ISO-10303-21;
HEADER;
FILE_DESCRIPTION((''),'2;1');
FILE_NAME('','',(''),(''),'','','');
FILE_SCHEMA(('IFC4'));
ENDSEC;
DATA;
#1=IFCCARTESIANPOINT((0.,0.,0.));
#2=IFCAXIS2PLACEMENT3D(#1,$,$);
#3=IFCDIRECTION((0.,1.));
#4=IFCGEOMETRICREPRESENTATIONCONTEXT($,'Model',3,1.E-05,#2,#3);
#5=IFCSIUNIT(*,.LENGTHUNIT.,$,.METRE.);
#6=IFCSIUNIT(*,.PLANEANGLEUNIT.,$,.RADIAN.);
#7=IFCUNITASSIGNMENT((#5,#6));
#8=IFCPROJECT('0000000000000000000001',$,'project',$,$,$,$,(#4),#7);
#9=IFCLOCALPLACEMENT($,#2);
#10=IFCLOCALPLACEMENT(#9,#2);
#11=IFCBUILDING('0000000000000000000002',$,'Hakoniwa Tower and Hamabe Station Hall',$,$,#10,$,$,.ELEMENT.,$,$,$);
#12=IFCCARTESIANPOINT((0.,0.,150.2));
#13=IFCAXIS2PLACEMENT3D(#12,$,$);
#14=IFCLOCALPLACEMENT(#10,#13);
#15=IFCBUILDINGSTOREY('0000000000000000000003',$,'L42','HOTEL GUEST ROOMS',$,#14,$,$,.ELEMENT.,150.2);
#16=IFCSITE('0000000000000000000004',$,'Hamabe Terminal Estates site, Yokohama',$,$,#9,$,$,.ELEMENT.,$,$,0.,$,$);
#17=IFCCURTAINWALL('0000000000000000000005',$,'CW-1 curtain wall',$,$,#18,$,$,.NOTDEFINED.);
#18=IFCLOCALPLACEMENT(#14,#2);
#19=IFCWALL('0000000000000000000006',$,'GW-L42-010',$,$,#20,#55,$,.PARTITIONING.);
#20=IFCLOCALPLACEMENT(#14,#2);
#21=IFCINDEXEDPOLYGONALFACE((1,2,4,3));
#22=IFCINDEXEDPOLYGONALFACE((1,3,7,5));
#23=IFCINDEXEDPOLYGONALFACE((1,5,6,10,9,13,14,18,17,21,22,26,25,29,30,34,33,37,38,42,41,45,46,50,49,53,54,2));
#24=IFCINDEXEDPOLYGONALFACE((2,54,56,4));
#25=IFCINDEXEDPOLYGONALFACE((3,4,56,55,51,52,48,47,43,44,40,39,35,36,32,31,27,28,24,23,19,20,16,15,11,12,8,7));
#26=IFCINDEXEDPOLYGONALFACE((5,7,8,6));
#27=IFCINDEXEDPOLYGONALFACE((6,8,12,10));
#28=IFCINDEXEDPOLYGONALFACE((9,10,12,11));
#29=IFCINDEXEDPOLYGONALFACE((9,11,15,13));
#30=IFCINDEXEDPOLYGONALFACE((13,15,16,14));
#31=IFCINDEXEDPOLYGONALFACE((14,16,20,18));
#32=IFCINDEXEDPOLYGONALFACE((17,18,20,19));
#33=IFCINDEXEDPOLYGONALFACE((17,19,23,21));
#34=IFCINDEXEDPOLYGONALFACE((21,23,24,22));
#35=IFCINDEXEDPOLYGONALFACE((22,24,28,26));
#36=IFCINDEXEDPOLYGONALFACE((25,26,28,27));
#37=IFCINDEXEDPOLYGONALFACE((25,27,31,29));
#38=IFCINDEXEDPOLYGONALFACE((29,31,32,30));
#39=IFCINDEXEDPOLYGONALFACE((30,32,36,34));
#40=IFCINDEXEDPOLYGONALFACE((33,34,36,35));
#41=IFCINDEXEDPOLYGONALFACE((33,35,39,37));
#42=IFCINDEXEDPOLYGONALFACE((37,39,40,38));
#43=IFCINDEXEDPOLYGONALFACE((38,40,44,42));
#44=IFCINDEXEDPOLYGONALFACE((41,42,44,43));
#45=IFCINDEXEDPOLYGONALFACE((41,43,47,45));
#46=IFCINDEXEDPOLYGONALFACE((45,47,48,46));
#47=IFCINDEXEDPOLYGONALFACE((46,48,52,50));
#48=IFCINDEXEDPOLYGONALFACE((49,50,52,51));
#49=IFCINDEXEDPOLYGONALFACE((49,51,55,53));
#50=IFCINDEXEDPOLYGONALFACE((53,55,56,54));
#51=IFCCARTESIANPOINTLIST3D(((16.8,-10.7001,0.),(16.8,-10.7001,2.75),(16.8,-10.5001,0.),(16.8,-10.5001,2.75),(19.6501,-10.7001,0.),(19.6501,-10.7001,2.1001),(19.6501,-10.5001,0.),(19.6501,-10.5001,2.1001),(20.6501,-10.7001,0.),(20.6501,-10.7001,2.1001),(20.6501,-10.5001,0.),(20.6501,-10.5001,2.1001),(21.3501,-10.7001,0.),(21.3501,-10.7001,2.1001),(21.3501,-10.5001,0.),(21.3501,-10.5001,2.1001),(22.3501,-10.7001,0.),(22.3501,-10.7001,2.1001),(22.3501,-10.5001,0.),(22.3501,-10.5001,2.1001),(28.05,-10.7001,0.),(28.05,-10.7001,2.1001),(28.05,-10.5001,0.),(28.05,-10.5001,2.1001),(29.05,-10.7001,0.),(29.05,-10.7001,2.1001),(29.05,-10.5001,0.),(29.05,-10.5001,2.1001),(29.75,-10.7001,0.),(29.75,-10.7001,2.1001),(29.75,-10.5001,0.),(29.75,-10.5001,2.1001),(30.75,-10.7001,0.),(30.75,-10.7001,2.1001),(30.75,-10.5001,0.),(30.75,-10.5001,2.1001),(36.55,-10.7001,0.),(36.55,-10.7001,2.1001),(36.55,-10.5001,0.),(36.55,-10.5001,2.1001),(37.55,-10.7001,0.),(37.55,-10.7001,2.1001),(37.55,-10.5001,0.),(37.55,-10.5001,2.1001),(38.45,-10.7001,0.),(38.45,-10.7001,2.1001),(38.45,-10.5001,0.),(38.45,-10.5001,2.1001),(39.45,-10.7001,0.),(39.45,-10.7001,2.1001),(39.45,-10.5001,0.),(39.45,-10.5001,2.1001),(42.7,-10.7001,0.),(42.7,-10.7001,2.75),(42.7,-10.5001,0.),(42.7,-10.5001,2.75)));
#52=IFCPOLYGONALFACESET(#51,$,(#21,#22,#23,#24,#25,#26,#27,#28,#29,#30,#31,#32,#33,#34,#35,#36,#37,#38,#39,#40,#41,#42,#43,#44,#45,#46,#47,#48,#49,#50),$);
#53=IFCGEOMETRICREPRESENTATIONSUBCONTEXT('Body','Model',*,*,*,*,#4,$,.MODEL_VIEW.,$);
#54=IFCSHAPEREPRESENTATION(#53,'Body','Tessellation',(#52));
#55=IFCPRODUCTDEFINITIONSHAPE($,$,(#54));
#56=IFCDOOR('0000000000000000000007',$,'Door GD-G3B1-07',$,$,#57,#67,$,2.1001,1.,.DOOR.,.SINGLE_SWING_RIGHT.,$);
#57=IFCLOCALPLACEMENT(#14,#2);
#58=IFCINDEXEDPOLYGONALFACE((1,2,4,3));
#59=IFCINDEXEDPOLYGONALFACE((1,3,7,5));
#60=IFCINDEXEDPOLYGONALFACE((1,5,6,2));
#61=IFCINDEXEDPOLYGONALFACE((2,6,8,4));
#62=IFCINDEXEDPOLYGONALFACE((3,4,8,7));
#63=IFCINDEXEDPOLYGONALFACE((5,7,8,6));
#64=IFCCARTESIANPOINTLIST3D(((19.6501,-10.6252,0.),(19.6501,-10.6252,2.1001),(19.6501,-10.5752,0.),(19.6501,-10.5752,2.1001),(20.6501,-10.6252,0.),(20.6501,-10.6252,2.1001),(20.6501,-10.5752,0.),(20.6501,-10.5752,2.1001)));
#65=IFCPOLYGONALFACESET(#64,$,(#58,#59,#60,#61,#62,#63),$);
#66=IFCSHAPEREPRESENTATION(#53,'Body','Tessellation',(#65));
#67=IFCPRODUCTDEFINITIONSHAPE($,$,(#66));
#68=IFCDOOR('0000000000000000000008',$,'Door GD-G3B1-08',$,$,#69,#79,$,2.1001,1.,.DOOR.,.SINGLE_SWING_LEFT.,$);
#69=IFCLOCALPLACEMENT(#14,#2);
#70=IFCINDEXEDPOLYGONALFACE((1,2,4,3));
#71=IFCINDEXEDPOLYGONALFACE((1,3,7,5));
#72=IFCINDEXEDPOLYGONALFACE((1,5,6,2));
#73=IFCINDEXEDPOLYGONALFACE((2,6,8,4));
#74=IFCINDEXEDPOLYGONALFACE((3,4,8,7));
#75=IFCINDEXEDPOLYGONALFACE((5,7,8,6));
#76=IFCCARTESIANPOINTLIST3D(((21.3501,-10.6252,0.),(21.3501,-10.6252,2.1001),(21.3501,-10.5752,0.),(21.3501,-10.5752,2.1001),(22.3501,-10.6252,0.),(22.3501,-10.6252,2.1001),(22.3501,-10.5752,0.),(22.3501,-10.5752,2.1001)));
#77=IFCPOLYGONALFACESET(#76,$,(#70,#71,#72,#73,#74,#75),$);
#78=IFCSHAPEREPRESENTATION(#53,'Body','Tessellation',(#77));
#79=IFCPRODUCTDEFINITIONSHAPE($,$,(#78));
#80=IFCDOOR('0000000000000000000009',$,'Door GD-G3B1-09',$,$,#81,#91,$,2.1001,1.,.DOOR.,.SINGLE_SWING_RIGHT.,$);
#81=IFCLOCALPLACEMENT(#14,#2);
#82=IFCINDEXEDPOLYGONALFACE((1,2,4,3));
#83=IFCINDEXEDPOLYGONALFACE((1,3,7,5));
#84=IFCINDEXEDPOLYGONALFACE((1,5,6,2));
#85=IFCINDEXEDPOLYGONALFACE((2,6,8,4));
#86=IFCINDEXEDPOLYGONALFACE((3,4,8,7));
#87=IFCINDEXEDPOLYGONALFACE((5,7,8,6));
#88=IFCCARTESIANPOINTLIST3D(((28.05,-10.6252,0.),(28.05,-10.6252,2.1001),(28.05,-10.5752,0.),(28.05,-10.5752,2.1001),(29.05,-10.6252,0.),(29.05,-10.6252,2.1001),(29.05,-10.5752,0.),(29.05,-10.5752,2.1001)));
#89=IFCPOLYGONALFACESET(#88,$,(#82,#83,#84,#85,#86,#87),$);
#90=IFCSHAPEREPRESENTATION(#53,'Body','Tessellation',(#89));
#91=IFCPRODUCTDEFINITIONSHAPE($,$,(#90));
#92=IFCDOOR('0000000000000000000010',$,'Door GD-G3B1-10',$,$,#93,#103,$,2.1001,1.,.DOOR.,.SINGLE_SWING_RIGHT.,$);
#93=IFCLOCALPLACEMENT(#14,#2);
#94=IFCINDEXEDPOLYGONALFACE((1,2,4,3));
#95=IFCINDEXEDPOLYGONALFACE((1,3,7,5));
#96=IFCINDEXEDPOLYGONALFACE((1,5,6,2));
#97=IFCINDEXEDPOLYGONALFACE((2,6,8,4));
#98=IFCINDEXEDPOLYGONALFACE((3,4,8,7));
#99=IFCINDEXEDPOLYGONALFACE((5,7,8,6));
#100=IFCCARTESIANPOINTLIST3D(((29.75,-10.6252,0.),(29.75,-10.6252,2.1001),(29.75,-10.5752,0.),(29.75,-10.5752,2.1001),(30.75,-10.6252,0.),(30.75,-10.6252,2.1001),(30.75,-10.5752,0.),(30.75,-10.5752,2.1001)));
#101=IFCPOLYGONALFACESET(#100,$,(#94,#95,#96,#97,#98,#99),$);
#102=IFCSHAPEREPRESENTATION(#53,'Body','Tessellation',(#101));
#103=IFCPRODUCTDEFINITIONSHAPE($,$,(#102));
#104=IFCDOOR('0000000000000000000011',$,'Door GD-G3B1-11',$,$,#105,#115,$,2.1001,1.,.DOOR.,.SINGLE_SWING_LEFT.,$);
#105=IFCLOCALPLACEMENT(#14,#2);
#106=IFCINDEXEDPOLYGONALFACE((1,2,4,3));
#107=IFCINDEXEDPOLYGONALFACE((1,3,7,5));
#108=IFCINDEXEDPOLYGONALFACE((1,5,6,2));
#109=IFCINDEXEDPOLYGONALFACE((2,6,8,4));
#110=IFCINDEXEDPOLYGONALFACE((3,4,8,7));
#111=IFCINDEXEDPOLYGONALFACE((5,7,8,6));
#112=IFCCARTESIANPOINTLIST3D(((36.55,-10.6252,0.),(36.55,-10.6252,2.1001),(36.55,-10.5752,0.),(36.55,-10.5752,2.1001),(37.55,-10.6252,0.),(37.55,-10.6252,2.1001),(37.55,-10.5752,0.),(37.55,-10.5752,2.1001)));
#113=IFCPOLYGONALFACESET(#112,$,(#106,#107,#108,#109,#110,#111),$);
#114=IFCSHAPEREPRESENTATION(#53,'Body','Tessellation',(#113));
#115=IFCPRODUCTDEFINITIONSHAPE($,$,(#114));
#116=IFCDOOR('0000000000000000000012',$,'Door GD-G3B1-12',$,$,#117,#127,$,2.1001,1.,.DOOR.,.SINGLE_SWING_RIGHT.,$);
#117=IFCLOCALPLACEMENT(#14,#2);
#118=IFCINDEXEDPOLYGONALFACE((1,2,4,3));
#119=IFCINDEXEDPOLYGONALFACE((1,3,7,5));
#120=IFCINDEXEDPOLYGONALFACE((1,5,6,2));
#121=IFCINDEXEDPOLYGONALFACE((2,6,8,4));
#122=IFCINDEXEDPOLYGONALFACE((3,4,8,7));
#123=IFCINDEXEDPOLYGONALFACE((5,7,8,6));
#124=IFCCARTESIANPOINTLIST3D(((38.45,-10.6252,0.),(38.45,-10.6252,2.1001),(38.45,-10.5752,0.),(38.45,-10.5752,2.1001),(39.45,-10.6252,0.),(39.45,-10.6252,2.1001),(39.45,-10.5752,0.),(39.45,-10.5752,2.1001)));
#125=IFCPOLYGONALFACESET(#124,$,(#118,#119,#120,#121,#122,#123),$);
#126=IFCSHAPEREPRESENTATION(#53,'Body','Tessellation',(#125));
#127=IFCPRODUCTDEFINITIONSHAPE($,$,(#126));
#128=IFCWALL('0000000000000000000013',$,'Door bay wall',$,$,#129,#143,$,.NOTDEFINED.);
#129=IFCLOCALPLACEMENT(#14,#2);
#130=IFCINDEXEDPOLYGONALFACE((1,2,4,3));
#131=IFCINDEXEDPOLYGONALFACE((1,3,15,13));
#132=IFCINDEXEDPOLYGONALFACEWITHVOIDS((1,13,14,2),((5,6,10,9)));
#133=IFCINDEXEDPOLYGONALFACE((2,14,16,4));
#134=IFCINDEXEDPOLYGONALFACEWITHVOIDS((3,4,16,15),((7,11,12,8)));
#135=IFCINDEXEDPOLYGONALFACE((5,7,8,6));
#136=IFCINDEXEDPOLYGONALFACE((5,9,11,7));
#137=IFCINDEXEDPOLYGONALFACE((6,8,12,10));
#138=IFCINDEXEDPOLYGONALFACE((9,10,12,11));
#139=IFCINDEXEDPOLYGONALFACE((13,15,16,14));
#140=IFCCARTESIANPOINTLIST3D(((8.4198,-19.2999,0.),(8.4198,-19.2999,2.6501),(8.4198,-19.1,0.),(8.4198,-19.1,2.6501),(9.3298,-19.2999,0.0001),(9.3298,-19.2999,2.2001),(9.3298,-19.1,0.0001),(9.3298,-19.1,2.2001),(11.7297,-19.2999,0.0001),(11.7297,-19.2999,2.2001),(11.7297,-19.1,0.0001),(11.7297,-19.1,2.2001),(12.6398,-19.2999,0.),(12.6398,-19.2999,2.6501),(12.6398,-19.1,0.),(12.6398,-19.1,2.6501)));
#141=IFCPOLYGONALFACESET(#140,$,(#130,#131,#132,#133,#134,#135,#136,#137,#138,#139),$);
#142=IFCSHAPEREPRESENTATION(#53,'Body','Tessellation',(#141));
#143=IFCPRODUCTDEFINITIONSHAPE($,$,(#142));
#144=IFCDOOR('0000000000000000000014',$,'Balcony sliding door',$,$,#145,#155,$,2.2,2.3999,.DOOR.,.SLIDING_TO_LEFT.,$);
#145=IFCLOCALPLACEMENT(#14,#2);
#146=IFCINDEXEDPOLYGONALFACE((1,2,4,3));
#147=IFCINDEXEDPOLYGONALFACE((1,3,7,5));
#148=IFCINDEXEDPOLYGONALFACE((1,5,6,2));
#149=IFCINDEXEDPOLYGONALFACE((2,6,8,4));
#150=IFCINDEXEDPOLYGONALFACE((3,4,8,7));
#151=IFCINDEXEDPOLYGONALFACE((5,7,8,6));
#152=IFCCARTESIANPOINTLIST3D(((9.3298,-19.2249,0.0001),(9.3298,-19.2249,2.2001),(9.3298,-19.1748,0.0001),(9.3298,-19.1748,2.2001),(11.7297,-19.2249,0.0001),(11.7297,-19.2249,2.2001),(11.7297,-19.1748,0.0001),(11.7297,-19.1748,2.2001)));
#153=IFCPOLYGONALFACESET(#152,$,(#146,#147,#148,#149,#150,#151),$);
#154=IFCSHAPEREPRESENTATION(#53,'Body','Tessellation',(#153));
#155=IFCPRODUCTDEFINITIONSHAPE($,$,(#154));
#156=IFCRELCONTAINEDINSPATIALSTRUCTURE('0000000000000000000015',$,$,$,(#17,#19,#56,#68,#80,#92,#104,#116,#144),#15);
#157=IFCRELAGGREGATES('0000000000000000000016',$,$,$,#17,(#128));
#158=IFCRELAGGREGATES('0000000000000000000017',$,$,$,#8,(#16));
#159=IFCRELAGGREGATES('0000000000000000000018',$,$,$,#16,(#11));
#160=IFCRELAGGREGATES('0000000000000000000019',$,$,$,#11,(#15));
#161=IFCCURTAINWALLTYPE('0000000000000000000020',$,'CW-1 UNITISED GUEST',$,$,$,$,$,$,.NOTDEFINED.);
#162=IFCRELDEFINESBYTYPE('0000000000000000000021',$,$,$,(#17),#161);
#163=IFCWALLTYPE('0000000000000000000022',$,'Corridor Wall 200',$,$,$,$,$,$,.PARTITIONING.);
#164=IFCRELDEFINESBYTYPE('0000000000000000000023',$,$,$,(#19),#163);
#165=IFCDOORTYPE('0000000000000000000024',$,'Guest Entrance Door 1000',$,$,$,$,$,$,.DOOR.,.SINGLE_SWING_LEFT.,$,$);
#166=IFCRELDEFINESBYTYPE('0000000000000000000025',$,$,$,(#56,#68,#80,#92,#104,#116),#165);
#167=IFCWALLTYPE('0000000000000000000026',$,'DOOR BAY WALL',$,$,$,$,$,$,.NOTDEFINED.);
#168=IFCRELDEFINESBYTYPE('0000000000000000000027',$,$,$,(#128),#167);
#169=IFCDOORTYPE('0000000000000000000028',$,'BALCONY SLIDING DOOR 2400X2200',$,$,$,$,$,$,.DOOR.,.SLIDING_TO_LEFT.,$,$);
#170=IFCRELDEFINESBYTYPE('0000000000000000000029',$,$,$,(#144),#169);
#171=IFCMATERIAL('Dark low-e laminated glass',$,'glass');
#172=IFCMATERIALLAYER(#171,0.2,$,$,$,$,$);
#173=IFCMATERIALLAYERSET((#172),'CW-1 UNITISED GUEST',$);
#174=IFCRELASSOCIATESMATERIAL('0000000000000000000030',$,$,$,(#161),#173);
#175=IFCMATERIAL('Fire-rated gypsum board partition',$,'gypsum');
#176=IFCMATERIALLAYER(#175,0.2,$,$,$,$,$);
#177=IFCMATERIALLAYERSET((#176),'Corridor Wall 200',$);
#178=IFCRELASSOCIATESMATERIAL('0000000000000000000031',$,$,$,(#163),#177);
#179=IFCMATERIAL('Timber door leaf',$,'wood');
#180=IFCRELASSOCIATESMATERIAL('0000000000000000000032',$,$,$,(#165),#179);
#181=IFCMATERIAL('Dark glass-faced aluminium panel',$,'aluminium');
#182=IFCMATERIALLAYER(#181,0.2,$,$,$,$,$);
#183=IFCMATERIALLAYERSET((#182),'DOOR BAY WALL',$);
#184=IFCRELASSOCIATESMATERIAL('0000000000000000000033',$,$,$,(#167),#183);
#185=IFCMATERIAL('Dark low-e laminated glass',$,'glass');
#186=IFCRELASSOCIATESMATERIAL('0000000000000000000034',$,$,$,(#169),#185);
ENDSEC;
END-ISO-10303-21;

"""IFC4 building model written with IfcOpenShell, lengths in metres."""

from ifc_helpers import new_model, si_unit, direction, frame, frame_2d, origin, place, context, subcontext, project, spatial, rectangle, extrude, material, layer, layer_set, type_object, element, fill, aggregate, save


model = new_model("IFC4")

# Units and contexts
model_context = context("Model", 3, precision=1e-05, world=origin(), true_north=direction((0.0, 1.0)))
body_context = subcontext(model_context, "Body", "Model", "MODEL_VIEW")
ifc_project = project(units=[si_unit("LENGTHUNIT", "METRE"), si_unit("PLANEANGLEUNIT", "RADIAN")], contexts=[model_context])

# Site, building, storey
site_placement = place(None, origin())
site = spatial("IfcSite", under=ifc_project, at=site_placement, Name="Hamabe Terminal Estates site, Yokohama", CompositionType="ELEMENT", RefElevation=0.0)
building_placement = place(site_placement, origin())
building = spatial("IfcBuilding", under=site, at=building_placement, Name="Hakoniwa Tower and Hamabe Station Hall", CompositionType="ELEMENT")
storey_placement = place(building_placement, frame((0.0, 0.0, 150.2)))
storey = spatial("IfcBuildingStorey", under=building, at=storey_placement, Name="L42", Description="HOTEL GUEST ROOMS", CompositionType="ELEMENT", Elevation=150.2)

# Curtain wall
ifc_material_1 = material(Name="Dark low-e laminated glass", Category="glass")
ifc_layer_1 = layer(ifc_material_1, 0.2)
ifc_layer_set_1 = layer_set([ifc_layer_1], Name="CW-1 UNITISED GUEST")
curtain_wall_type = type_object("IfcCurtainWallType", Name="CW-1 UNITISED GUEST", PredefinedType="NOTDEFINED", material=ifc_layer_set_1)
curtain_wall_placement = place(storey_placement, origin())
curtain_wall = element("IfcCurtainWall", 1, at=curtain_wall_placement, inside=storey, type_object=curtain_wall_type, Name="CW-1 curtain wall", PredefinedType="NOTDEFINED")

# Wall, openings, doors
ifc_material_2 = material(Name="Fire-rated gypsum board partition", Category="gypsum")
ifc_layer_2 = layer(ifc_material_2, 0.2)
ifc_layer_set_2 = layer_set([ifc_layer_2], Name="Corridor Wall 200")
wall_type_1 = type_object("IfcWallType", Name="Corridor Wall 200", PredefinedType="PARTITIONING", material=ifc_layer_set_2)
wall_1_placement = place(storey_placement, frame((16.8, -10.6001, 0.0), z_axis=(0.0, 0.0, 1.0), x_axis=(1.0, 0.0, 0.0)))
wall_1 = element("IfcWall", 2, at=wall_1_placement, inside=storey, type_object=wall_type_1, Name="GW-L42-010", PredefinedType="PARTITIONING", context=body_context, shape_type="SweptSolid", body=[
    extrude(rectangle(XDim=25.8999, YDim=0.2, at=frame_2d((12.95, 0.0))), origin(), (0.0, 0.0, 1.0), 2.75),
])
opening_1_placement = place(wall_1_placement, frame((2.8501, 0.0, 0.0)))
opening_1 = element("IfcOpeningElement", 3, at=opening_1_placement, cuts=wall_1, PredefinedType="OPENING", context=body_context, shape_type="SweptSolid", body=[
    extrude(rectangle(XDim=1.0, YDim=2.1001, at=frame_2d((0.5, 1.05))), frame((0.0, 0.1099, 0.0), z_axis=(0.0, -1.0, 0.0), x_axis=(1.0, 0.0, 0.0)), (0.0, 0.0, 1.0), 0.22),
])
opening_2_placement = place(wall_1_placement, frame((4.55, 0.0, 0.0)))
opening_2 = element("IfcOpeningElement", 4, at=opening_2_placement, cuts=wall_1, PredefinedType="OPENING", context=body_context, shape_type="SweptSolid", body=[
    extrude(rectangle(XDim=1.0, YDim=2.1001, at=frame_2d((0.5, 1.05))), frame((0.0, 0.1099, 0.0), z_axis=(0.0, -1.0, 0.0), x_axis=(1.0, 0.0, 0.0)), (0.0, 0.0, 1.0), 0.22),
])
opening_3_placement = place(wall_1_placement, frame((11.25, 0.0, 0.0)))
opening_3 = element("IfcOpeningElement", 5, at=opening_3_placement, cuts=wall_1, PredefinedType="OPENING", context=body_context, shape_type="SweptSolid", body=[
    extrude(rectangle(XDim=1.0, YDim=2.1001, at=frame_2d((0.5, 1.05))), frame((0.0, 0.1099, 0.0), z_axis=(0.0, -1.0, 0.0), x_axis=(1.0, 0.0, 0.0)), (0.0, 0.0, 1.0), 0.22),
])
opening_4_placement = place(wall_1_placement, frame((12.95, 0.0, 0.0)))
opening_4 = element("IfcOpeningElement", 6, at=opening_4_placement, cuts=wall_1, PredefinedType="OPENING", context=body_context, shape_type="SweptSolid", body=[
    extrude(rectangle(XDim=1.0, YDim=2.1001, at=frame_2d((0.5, 1.05))), frame((0.0, 0.1099, 0.0), z_axis=(0.0, -1.0, 0.0), x_axis=(1.0, 0.0, 0.0)), (0.0, 0.0, 1.0), 0.22),
])
opening_5_placement = place(wall_1_placement, frame((19.75, 0.0, 0.0)))
opening_5 = element("IfcOpeningElement", 7, at=opening_5_placement, cuts=wall_1, PredefinedType="OPENING", context=body_context, shape_type="SweptSolid", body=[
    extrude(rectangle(XDim=1.0, YDim=2.1001, at=frame_2d((0.5, 1.05))), frame((0.0, 0.1099, 0.0), z_axis=(0.0, -1.0, 0.0), x_axis=(1.0, 0.0, 0.0)), (0.0, 0.0, 1.0), 0.22),
])
opening_6_placement = place(wall_1_placement, frame((21.6499, 0.0, 0.0)))
opening_6 = element("IfcOpeningElement", 8, at=opening_6_placement, cuts=wall_1, PredefinedType="OPENING", context=body_context, shape_type="SweptSolid", body=[
    extrude(rectangle(XDim=1.0, YDim=2.1001, at=frame_2d((0.5, 1.05))), frame((0.0, 0.1099, 0.0), z_axis=(0.0, -1.0, 0.0), x_axis=(1.0, 0.0, 0.0)), (0.0, 0.0, 1.0), 0.22),
])
ifc_material_3 = material(Name="Timber door leaf", Category="wood")
door_type_1 = type_object("IfcDoorType", Name="Guest Entrance Door 1000", OperationType="SINGLE_SWING_LEFT", PredefinedType="DOOR", material=ifc_material_3)
door_1_placement = place(opening_1_placement, origin())
door_1 = element("IfcDoor", 9, at=door_1_placement, inside=storey, type_object=door_type_1, Name="Door GD-G3B1-07", OperationType="SINGLE_SWING_RIGHT", OverallHeight=2.1001, OverallWidth=1.0, PredefinedType="DOOR", context=body_context, shape_type="SweptSolid", body=[
    extrude(rectangle(XDim=1.0, YDim=2.1001, at=frame_2d((0.5, 1.05))), frame((0.0, 0.0249, 0.0), z_axis=(0.0, -1.0, 0.0), x_axis=(1.0, 0.0, 0.0)), (0.0, 0.0, 1.0), 0.05),
])
fill(opening_1, door_1)
door_2_placement = place(opening_2_placement, origin())
door_2 = element("IfcDoor", 10, at=door_2_placement, inside=storey, type_object=door_type_1, Name="Door GD-G3B1-08", OperationType="SINGLE_SWING_LEFT", OverallHeight=2.1001, OverallWidth=1.0, PredefinedType="DOOR", context=body_context, shape_type="SweptSolid", body=[
    extrude(rectangle(XDim=1.0, YDim=2.1001, at=frame_2d((0.5, 1.05))), frame((0.0, 0.0249, 0.0), z_axis=(0.0, -1.0, 0.0), x_axis=(1.0, 0.0, 0.0)), (0.0, 0.0, 1.0), 0.05),
])
fill(opening_2, door_2)
door_3_placement = place(opening_3_placement, origin())
door_3 = element("IfcDoor", 11, at=door_3_placement, inside=storey, type_object=door_type_1, Name="Door GD-G3B1-09", OperationType="SINGLE_SWING_RIGHT", OverallHeight=2.1001, OverallWidth=1.0, PredefinedType="DOOR", context=body_context, shape_type="SweptSolid", body=[
    extrude(rectangle(XDim=1.0, YDim=2.1001, at=frame_2d((0.5, 1.05))), frame((0.0, 0.0249, 0.0), z_axis=(0.0, -1.0, 0.0), x_axis=(1.0, 0.0, 0.0)), (0.0, 0.0, 1.0), 0.05),
])
fill(opening_3, door_3)
door_4_placement = place(opening_4_placement, origin())
door_4 = element("IfcDoor", 12, at=door_4_placement, inside=storey, type_object=door_type_1, Name="Door GD-G3B1-10", OperationType="SINGLE_SWING_RIGHT", OverallHeight=2.1001, OverallWidth=1.0, PredefinedType="DOOR", context=body_context, shape_type="SweptSolid", body=[
    extrude(rectangle(XDim=1.0, YDim=2.1001, at=frame_2d((0.5, 1.05))), frame((0.0, 0.0249, 0.0), z_axis=(0.0, -1.0, 0.0), x_axis=(1.0, 0.0, 0.0)), (0.0, 0.0, 1.0), 0.05),
])
fill(opening_4, door_4)
door_5_placement = place(opening_5_placement, origin())
door_5 = element("IfcDoor", 13, at=door_5_placement, inside=storey, type_object=door_type_1, Name="Door GD-G3B1-11", OperationType="SINGLE_SWING_LEFT", OverallHeight=2.1001, OverallWidth=1.0, PredefinedType="DOOR", context=body_context, shape_type="SweptSolid", body=[
    extrude(rectangle(XDim=1.0, YDim=2.1001, at=frame_2d((0.5, 1.05))), frame((0.0, 0.0249, 0.0), z_axis=(0.0, -1.0, 0.0), x_axis=(1.0, 0.0, 0.0)), (0.0, 0.0, 1.0), 0.05),
])
fill(opening_5, door_5)
door_6_placement = place(opening_6_placement, origin())
door_6 = element("IfcDoor", 14, at=door_6_placement, inside=storey, type_object=door_type_1, Name="Door GD-G3B1-12", OperationType="SINGLE_SWING_RIGHT", OverallHeight=2.1001, OverallWidth=1.0, PredefinedType="DOOR", context=body_context, shape_type="SweptSolid", body=[
    extrude(rectangle(XDim=1.0, YDim=2.1001, at=frame_2d((0.5, 1.05))), frame((0.0, 0.0249, 0.0), z_axis=(0.0, -1.0, 0.0), x_axis=(1.0, 0.0, 0.0)), (0.0, 0.0, 1.0), 0.05),
])
fill(opening_6, door_6)

# Wall, opening, door
ifc_material_4 = material(Name="Dark glass-faced aluminium panel", Category="aluminium")
ifc_layer_3 = layer(ifc_material_4, 0.2)
ifc_layer_set_3 = layer_set([ifc_layer_3], Name="DOOR BAY WALL")
wall_type_2 = type_object("IfcWallType", Name="DOOR BAY WALL", PredefinedType="NOTDEFINED", material=ifc_layer_set_3)
wall_2_placement = place(storey_placement, frame((8.4199, -19.2, 0.0), z_axis=(0.0, 0.0, 1.0), x_axis=(1.0, 0.0, 0.0)))
wall_2 = element("IfcWall", 15, at=wall_2_placement, type_object=wall_type_2, Name="Door bay wall", PredefinedType="NOTDEFINED", context=body_context, shape_type="SweptSolid", body=[
    extrude(rectangle(XDim=4.22, YDim=0.2, at=frame_2d((2.1099, 0.0))), origin(), (0.0, 0.0, 1.0), 2.6501),
])
opening_7_placement = place(wall_2_placement, frame((0.9099, 0.0, 0.0)))
opening_7 = element("IfcOpeningElement", 16, at=opening_7_placement, cuts=wall_2, PredefinedType="OPENING", context=body_context, shape_type="SweptSolid", body=[
    extrude(rectangle(XDim=2.3999, YDim=2.2, at=frame_2d((1.2, 1.1001))), frame((0.0, 0.1099, 0.0), z_axis=(0.0, -1.0, 0.0), x_axis=(1.0, 0.0, 0.0)), (0.0, 0.0, 1.0), 0.22),
])
ifc_material_5 = material(Name="Dark low-e laminated glass", Category="glass")
door_type_2 = type_object("IfcDoorType", Name="BALCONY SLIDING DOOR 2400X2200", OperationType="SLIDING_TO_LEFT", PredefinedType="DOOR", material=ifc_material_5)
door_7_placement = place(opening_7_placement, frame((2.3999, 0.0, 0.0), z_axis=(0.0, 0.0, 1.0), x_axis=(-1.0, 0.0, 0.0)))
door_7 = element("IfcDoor", 17, at=door_7_placement, inside=storey, type_object=door_type_2, Name="Balcony sliding door", OperationType="SLIDING_TO_LEFT", OverallHeight=2.2, OverallWidth=2.3999, PredefinedType="DOOR", context=body_context, shape_type="SweptSolid", body=[
    extrude(rectangle(XDim=2.3999, YDim=2.2, at=frame_2d((1.2, 1.1001))), frame((0.0, 0.0249, 0.0), z_axis=(0.0, -1.0, 0.0), x_axis=(1.0, 0.0, 0.0)), (0.0, 0.0, 1.0), 0.05),
])
fill(opening_7, door_7)
aggregate(curtain_wall, [wall_2])

save(model, "model.ifc")
